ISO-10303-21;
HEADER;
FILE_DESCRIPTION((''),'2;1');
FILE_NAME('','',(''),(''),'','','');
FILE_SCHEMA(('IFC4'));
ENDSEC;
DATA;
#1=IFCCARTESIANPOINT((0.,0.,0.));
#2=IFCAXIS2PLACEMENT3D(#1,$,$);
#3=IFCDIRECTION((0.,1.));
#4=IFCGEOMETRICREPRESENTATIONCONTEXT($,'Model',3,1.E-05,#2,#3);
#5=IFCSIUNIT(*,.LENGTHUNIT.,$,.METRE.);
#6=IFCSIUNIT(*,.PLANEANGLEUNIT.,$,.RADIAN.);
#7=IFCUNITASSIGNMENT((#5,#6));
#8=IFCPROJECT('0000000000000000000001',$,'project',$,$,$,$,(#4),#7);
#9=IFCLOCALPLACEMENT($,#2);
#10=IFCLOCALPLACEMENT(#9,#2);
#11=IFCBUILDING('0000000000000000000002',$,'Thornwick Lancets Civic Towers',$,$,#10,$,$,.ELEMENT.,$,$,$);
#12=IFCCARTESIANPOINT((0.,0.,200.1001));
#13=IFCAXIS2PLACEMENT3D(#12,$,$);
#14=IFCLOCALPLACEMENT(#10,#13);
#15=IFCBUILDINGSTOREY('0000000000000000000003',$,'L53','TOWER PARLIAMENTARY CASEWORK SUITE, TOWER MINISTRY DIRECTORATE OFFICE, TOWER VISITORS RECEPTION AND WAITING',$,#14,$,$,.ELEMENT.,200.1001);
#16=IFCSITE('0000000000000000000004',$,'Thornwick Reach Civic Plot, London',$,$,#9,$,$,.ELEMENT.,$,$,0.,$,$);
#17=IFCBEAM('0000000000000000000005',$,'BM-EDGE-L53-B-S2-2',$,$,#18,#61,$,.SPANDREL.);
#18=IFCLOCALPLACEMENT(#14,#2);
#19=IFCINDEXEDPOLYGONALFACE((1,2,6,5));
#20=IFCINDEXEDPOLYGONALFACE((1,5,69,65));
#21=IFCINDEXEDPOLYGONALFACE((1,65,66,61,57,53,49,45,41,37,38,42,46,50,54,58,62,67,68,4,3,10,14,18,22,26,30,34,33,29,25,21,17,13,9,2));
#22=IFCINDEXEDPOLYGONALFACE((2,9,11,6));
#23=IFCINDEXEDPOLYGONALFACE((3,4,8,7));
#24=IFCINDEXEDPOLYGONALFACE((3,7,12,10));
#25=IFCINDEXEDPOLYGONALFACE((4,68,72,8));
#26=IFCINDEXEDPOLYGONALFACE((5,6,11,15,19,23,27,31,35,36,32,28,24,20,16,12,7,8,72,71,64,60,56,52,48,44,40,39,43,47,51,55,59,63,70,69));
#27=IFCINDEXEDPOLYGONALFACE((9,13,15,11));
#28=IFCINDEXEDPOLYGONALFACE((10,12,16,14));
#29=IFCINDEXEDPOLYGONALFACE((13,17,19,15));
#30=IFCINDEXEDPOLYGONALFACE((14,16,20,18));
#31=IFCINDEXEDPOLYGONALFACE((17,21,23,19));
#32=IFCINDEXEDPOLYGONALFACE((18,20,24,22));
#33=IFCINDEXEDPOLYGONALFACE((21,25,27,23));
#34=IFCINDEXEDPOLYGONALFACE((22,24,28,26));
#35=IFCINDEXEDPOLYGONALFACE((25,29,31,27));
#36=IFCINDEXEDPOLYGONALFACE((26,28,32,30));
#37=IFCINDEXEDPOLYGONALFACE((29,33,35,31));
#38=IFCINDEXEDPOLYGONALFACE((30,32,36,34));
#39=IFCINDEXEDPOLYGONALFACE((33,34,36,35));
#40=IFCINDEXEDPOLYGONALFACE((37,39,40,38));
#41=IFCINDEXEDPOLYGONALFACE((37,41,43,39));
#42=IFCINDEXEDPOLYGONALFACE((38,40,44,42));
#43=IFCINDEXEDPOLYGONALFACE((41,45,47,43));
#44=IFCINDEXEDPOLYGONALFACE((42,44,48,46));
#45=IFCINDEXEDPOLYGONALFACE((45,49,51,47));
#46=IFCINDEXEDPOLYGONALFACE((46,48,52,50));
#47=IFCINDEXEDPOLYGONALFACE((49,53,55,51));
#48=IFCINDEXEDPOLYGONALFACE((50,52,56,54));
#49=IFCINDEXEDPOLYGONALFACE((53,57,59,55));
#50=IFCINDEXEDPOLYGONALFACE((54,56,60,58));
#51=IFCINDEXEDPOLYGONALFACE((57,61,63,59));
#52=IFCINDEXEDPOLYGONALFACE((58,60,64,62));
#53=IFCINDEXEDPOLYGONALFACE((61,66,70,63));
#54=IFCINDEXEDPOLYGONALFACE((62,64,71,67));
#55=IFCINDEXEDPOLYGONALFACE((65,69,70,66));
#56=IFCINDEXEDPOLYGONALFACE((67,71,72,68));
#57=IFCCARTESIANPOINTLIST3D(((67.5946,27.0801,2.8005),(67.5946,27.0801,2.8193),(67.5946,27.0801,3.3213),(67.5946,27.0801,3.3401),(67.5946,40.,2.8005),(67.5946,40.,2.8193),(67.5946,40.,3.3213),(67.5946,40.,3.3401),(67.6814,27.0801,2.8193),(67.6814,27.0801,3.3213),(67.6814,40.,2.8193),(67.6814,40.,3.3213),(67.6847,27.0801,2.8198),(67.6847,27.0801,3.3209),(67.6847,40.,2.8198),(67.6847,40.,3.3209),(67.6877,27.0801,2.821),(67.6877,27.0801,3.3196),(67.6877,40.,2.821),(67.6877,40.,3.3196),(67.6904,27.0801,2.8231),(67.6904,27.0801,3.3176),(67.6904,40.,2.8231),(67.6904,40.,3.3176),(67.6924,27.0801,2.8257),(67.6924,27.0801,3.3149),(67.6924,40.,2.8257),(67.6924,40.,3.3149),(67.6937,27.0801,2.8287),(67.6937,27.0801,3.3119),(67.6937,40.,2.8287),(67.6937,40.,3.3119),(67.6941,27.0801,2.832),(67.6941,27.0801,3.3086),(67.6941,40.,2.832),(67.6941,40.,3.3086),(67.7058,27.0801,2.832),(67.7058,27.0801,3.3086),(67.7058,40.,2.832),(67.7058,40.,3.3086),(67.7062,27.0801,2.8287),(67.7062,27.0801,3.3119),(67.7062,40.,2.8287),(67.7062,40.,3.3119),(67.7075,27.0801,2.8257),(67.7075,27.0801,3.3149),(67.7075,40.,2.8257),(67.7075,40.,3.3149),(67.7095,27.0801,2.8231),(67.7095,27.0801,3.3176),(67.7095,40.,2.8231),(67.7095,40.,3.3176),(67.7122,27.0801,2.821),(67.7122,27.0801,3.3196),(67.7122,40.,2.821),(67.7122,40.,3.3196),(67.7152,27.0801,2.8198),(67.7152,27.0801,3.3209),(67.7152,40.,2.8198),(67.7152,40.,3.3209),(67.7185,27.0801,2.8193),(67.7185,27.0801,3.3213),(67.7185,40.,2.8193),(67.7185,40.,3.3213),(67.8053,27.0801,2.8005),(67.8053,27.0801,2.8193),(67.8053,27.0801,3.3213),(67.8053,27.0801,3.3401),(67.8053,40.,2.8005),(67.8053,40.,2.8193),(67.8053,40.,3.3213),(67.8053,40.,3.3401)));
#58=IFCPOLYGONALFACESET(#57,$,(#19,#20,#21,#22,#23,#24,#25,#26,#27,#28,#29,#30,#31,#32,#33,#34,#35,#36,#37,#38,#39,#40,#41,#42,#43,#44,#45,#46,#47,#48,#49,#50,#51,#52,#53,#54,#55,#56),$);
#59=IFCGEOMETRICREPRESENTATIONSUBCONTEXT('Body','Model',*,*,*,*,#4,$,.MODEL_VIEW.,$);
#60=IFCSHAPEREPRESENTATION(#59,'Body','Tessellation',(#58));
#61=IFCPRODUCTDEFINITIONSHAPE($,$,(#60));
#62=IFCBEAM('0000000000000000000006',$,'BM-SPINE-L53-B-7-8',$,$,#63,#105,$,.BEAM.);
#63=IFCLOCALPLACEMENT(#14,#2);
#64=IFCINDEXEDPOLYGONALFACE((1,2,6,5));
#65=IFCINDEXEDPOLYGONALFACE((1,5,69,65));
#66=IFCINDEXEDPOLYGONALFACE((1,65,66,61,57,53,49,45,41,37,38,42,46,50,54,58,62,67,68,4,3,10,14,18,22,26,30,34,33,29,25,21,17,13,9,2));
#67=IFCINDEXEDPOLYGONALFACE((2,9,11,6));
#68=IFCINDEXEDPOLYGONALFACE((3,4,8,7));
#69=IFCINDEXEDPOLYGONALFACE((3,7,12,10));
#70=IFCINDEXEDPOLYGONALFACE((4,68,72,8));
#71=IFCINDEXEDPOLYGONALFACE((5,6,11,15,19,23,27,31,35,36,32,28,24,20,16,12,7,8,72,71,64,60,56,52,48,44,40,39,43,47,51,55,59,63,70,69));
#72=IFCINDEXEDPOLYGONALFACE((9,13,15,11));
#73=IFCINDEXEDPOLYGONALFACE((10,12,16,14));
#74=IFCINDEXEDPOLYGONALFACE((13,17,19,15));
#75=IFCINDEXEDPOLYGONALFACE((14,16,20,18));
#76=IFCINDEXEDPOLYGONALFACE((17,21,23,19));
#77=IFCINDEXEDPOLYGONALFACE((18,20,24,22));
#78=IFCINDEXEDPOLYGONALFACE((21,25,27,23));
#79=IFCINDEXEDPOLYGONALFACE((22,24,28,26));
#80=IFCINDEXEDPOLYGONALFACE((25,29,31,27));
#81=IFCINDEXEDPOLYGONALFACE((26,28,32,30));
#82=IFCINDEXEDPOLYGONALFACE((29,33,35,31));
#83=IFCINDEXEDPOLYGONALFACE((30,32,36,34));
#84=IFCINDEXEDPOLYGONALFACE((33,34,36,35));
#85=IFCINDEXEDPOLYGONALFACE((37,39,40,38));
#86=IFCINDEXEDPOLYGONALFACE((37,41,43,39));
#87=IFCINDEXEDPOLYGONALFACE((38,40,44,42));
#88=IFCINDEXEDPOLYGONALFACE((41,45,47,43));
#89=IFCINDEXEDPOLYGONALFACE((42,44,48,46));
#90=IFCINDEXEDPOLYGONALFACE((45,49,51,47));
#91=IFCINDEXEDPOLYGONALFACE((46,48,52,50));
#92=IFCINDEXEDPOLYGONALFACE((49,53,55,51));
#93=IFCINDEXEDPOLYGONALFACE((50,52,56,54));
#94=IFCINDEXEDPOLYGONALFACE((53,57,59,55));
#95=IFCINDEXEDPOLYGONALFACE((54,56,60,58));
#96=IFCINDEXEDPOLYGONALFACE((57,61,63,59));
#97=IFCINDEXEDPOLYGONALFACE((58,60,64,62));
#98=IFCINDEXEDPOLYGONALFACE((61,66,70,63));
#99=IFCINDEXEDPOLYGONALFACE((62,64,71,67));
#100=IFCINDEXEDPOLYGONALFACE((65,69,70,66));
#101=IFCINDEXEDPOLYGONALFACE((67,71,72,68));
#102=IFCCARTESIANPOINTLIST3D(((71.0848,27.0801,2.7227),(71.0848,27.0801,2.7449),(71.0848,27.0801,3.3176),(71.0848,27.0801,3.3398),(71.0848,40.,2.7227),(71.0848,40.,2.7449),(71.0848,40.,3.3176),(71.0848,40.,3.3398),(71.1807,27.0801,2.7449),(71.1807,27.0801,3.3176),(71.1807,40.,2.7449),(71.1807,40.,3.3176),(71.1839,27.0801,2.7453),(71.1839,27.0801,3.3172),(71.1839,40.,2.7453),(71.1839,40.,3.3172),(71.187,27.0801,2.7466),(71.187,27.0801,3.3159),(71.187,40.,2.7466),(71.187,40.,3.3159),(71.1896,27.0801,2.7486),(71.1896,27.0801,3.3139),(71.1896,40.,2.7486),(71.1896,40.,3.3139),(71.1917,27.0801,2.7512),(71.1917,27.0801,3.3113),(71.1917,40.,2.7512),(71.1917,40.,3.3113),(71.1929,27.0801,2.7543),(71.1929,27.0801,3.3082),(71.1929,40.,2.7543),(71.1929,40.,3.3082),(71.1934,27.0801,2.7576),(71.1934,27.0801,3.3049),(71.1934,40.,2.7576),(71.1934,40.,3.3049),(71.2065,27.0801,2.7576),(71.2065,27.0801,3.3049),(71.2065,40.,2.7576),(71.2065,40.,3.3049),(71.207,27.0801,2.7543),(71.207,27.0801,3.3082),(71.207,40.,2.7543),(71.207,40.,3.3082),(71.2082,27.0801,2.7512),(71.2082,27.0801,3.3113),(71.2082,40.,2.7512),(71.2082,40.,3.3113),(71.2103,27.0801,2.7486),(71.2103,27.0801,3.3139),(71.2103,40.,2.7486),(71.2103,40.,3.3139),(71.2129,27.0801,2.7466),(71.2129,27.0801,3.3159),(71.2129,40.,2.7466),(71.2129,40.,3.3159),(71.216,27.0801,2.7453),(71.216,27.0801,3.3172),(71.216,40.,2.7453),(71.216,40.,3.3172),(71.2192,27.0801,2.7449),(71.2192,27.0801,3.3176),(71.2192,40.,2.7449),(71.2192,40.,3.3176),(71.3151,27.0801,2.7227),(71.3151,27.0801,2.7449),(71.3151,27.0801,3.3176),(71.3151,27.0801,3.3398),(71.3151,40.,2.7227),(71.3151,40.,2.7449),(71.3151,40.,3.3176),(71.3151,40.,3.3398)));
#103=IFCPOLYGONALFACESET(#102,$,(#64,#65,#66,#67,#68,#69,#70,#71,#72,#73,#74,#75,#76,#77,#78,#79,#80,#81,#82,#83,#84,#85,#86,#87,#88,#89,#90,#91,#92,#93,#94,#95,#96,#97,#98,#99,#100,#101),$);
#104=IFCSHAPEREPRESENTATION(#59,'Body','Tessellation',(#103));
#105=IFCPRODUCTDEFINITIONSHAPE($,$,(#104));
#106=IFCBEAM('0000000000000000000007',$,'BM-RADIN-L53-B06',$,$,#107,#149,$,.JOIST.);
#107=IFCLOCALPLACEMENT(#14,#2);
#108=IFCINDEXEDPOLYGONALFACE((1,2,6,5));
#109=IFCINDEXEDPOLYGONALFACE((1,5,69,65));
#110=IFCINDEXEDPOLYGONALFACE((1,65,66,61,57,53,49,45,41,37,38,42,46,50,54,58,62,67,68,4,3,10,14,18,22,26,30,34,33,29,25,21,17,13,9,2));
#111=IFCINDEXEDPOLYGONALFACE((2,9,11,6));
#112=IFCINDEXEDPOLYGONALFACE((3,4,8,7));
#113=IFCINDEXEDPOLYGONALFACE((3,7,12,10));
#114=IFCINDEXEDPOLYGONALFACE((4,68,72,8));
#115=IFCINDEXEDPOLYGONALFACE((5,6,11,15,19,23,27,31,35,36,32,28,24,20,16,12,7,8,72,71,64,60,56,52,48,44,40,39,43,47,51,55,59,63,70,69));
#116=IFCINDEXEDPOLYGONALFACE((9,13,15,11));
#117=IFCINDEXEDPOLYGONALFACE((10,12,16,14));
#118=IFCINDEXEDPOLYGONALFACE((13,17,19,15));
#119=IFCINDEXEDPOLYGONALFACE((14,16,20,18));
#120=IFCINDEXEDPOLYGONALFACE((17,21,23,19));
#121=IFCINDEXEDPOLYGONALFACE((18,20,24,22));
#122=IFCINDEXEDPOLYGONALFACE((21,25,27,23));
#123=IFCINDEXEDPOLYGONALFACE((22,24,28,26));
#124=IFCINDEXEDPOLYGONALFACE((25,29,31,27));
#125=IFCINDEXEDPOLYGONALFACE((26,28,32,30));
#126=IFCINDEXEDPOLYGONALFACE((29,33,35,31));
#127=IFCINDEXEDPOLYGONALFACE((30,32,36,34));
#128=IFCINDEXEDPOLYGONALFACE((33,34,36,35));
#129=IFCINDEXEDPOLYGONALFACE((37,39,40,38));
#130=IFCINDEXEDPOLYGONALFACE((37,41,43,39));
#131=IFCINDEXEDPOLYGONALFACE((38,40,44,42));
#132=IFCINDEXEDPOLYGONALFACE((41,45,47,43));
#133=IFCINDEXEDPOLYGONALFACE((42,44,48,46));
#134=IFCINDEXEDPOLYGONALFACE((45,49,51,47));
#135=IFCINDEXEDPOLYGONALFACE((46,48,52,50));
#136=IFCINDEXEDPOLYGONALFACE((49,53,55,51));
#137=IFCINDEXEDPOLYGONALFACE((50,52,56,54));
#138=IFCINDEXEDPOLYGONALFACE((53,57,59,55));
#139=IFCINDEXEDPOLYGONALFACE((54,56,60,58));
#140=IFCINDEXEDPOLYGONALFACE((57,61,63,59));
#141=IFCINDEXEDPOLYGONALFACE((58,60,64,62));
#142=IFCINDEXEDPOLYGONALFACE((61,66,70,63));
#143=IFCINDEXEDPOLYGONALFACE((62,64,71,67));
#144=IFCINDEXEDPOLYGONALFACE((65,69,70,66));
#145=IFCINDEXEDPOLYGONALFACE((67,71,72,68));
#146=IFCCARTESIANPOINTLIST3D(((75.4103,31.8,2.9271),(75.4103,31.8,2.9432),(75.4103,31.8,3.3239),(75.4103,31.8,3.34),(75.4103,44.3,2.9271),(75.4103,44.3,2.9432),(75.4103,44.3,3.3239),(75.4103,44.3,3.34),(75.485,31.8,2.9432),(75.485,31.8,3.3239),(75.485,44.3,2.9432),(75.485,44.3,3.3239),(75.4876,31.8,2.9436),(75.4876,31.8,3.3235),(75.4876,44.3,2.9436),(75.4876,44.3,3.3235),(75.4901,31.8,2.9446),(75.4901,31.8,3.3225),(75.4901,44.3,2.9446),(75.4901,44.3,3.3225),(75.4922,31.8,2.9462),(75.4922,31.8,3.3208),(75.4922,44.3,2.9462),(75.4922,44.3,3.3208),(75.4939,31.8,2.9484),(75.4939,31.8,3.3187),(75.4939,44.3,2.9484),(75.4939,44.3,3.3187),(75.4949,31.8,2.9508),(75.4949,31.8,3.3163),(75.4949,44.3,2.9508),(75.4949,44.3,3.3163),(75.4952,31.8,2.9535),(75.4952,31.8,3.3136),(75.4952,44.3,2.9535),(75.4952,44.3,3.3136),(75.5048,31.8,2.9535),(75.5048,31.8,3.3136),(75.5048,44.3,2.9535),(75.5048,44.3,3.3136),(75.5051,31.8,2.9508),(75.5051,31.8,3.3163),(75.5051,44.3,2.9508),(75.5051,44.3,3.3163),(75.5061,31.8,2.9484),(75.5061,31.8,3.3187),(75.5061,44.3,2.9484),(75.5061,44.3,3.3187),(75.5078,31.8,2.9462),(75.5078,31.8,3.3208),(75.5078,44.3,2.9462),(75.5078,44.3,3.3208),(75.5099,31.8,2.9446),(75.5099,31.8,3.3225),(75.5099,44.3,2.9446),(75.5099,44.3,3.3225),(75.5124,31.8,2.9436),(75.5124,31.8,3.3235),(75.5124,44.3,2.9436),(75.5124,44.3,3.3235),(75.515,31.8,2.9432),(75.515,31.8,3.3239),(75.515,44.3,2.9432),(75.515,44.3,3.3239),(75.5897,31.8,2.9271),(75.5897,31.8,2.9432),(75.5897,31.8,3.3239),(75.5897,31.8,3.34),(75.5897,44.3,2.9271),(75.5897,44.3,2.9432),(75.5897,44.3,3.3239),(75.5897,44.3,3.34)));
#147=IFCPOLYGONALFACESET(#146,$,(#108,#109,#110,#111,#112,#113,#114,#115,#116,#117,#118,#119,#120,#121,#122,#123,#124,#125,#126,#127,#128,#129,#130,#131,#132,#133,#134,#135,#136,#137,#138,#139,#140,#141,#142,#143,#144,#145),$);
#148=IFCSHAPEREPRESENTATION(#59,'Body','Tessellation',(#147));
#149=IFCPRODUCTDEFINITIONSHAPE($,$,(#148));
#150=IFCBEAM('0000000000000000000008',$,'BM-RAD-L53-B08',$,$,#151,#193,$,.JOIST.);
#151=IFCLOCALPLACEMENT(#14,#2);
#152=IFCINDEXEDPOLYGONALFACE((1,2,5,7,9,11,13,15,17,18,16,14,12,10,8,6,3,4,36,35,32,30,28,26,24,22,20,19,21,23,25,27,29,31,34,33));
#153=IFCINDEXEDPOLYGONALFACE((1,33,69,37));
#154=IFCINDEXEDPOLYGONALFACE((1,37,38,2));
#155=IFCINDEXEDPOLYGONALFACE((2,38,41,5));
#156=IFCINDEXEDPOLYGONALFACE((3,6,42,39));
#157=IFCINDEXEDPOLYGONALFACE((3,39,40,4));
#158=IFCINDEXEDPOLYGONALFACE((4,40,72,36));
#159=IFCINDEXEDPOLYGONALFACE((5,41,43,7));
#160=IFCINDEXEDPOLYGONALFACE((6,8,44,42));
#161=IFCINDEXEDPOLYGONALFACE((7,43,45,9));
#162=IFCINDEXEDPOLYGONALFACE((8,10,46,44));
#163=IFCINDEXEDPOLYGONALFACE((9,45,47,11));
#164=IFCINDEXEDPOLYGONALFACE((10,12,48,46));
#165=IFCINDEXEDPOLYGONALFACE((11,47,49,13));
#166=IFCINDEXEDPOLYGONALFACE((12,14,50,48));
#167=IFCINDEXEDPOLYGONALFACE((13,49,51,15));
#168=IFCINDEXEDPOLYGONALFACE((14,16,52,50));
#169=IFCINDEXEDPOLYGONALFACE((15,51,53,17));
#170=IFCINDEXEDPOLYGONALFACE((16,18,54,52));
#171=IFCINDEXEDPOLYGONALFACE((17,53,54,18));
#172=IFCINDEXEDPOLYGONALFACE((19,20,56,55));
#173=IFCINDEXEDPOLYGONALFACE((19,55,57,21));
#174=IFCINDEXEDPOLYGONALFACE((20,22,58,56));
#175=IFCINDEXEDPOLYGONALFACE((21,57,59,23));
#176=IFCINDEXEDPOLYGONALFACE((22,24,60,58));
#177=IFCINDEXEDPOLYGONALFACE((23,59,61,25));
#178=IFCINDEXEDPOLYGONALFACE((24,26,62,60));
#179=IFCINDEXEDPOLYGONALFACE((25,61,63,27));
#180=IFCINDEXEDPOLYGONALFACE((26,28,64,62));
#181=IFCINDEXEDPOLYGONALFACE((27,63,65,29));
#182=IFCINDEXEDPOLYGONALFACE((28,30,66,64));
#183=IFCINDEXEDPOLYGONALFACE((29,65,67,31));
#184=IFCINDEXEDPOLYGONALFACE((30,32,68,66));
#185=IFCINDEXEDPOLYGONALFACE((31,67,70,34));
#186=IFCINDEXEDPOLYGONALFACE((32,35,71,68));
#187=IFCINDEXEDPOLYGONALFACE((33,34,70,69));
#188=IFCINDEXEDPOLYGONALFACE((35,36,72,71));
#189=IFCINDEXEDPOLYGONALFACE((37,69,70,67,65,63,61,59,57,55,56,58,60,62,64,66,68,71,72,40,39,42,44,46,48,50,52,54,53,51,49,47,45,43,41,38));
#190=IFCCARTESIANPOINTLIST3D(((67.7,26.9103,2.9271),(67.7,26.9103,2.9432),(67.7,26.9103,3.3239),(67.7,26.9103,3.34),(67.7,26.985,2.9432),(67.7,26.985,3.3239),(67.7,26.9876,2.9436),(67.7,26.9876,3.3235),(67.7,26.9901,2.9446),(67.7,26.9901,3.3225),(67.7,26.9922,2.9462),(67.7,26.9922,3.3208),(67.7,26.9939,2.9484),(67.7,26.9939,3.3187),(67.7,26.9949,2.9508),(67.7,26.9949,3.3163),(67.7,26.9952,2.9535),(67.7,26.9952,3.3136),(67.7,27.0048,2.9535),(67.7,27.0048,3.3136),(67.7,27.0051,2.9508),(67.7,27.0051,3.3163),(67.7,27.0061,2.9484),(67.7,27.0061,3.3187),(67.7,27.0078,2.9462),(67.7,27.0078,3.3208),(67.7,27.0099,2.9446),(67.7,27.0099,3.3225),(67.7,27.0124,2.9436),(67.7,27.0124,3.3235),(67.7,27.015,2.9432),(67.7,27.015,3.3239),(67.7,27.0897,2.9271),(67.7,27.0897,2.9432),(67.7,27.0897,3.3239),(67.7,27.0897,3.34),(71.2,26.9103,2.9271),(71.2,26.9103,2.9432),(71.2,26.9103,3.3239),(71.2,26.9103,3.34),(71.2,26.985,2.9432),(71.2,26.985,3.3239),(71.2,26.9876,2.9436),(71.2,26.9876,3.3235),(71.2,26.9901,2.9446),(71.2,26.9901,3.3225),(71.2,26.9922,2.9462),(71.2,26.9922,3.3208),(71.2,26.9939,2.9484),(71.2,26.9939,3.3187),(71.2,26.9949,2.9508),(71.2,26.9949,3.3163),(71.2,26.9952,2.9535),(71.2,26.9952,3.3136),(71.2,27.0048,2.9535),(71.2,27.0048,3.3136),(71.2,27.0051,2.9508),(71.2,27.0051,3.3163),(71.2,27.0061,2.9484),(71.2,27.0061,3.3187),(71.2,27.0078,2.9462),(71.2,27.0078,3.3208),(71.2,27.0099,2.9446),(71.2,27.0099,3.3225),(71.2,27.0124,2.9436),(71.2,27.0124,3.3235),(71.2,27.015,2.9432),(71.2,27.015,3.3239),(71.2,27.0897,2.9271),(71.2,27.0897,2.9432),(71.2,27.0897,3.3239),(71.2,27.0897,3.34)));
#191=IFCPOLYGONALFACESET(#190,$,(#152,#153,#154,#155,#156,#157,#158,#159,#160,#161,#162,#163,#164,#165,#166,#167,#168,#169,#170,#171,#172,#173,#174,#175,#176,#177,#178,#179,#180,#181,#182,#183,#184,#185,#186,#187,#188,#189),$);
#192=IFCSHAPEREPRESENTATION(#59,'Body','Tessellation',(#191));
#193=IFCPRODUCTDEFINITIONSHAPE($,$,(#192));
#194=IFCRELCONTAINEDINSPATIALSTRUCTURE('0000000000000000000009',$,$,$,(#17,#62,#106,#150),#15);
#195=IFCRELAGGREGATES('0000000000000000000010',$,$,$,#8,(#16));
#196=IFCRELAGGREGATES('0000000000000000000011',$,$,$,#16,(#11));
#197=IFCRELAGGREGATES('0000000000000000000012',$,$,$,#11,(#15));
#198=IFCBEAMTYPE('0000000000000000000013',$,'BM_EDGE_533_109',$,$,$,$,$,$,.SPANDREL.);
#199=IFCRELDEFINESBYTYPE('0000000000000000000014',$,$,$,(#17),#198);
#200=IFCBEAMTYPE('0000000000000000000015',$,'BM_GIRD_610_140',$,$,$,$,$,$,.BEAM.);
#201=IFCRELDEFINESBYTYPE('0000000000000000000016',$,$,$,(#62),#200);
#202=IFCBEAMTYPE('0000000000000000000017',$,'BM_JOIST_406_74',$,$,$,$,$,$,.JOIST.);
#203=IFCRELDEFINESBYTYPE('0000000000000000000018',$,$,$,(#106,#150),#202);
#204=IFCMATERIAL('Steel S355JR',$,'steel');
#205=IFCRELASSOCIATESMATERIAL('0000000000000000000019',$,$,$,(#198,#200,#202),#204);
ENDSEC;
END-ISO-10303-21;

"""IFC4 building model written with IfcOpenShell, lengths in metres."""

from ifc_helpers import new_model, si_unit, direction, frame, origin, origin_2d, place, context, subcontext, project, spatial, i_section, extrude, material, material_profile, profile_set, type_object, element, save


model = new_model("IFC4")

# Units and contexts
model_context = context("Model", 3, precision=1e-05, world=origin(), true_north=direction((0.0, 1.0)))
body_context = subcontext(model_context, "Body", "Model", "MODEL_VIEW")
ifc_project = project(units=[si_unit("LENGTHUNIT", "METRE"), si_unit("PLANEANGLEUNIT", "RADIAN")], contexts=[model_context])

# Site, building, storey
site_placement = place(None, origin())
site = spatial("IfcSite", under=ifc_project, at=site_placement, Name="Thornwick Reach Civic Plot, London", CompositionType="ELEMENT", RefElevation=0.0)
building_placement = place(site_placement, origin())
building = spatial("IfcBuilding", under=site, at=building_placement, Name="Thornwick Lancets Civic Towers", CompositionType="ELEMENT")
storey_placement = place(building_placement, frame((0.0, 0.0, 200.1001)))
storey = spatial("IfcBuildingStorey", under=building, at=storey_placement, Name="L53", Description="TOWER PARLIAMENTARY CASEWORK SUITE, TOWER MINISTRY DIRECTORATE OFFICE, TOWER VISITORS RECEPTION AND WAITING", CompositionType="ELEMENT", Elevation=200.1001)

# Shared definitions
ifc_material_1 = material(Name="Steel S355JR", Category="steel")

# Beams
ifc_material_profile_1 = material_profile(ifc_material_1, i_section(OverallWidth=0.2107, OverallDepth=0.5396, WebThickness=0.0117, FlangeThickness=0.0188, FilletRadius=0.0127, at=origin_2d()), Name="UKB 533x210x109")
ifc_profile_set_1 = profile_set([ifc_material_profile_1], Name="Steel S355JR")
beam_type_1 = type_object("IfcBeamType", Name="BM_EDGE_533_109", PredefinedType="SPANDREL", material=ifc_profile_set_1)
beam_1_placement = place(storey_placement, frame((67.7, 27.0801, 3.0703), z_axis=(0.0, 1.0, 0.0), x_axis=(-1.0, 0.0, 0.0)))
element("IfcBeam", 1, at=beam_1_placement, inside=storey, type_object=beam_type_1, Name="BM-EDGE-L53-B-S2-2", PredefinedType="SPANDREL", context=body_context, shape_type="SweptSolid", body=[
    extrude(i_section(OverallWidth=0.2107, OverallDepth=0.5396, WebThickness=0.0117, FlangeThickness=0.0188, FilletRadius=0.0127, at=origin_2d()), origin(), (0.0, 0.0, 1.0), 12.9199),
])
ifc_material_profile_2 = material_profile(ifc_material_1, i_section(OverallWidth=0.2302, OverallDepth=0.6172, WebThickness=0.0132, FlangeThickness=0.0222, FilletRadius=0.0127, at=origin_2d()), Name="UKB 610x229x140")
ifc_profile_set_2 = profile_set([ifc_material_profile_2], Name="Steel S355JR")
beam_type_2 = type_object("IfcBeamType", Name="BM_GIRD_610_140", PredefinedType="BEAM", material=ifc_profile_set_2)
beam_2_placement = place(storey_placement, frame((71.2, 27.0801, 3.0312), z_axis=(0.0, 1.0, 0.0), x_axis=(-1.0, 0.0, 0.0)))
element("IfcBeam", 2, at=beam_2_placement, inside=storey, type_object=beam_type_2, Name="BM-SPINE-L53-B-7-8", PredefinedType="BEAM", context=body_context, shape_type="SweptSolid", body=[
    extrude(i_section(OverallWidth=0.2302, OverallDepth=0.6172, WebThickness=0.0132, FlangeThickness=0.0222, FilletRadius=0.0127, at=origin_2d()), origin(), (0.0, 0.0, 1.0), 12.9199),
])
ifc_material_profile_3 = material_profile(ifc_material_1, i_section(OverallWidth=0.1794, OverallDepth=0.4128, WebThickness=0.0095, FlangeThickness=0.0161, FilletRadius=0.0103, at=origin_2d()), Name="UKB 406x178x74")
ifc_profile_set_3 = profile_set([ifc_material_profile_3], Name="Steel S355JR")
beam_type_3 = type_object("IfcBeamType", Name="BM_JOIST_406_74", PredefinedType="JOIST", material=ifc_profile_set_3)
beam_3_placement = place(storey_placement, frame((75.5, 31.8, 3.1335), z_axis=(0.0, 1.0, 0.0), x_axis=(-1.0, 0.0, 0.0)))
element("IfcBeam", 3, at=beam_3_placement, inside=storey, type_object=beam_type_3, Name="BM-RADIN-L53-B06", PredefinedType="JOIST", context=body_context, shape_type="SweptSolid", body=[
    extrude(i_section(OverallWidth=0.1794, OverallDepth=0.4128, WebThickness=0.0095, FlangeThickness=0.0161, FilletRadius=0.0103, at=origin_2d()), origin(), (0.0, 0.0, 1.0), 12.5),
])
for number, where, z_axis, x_axis, name in (
    (4, (71.2, 27.0, 3.1335), (-1.0, 0.0, 0.0), (0.0, -1.0, 0.0), "BM-RAD-L53-B08"),
):
    element("IfcBeam", number, at=place(storey_placement, frame(where, z_axis=z_axis, x_axis=x_axis)), inside=storey, type_object=beam_type_3, Name=name, PredefinedType="JOIST", context=body_context, shape_type="SweptSolid", body=[
        extrude(i_section(OverallWidth=0.1794, OverallDepth=0.4128, WebThickness=0.0095, FlangeThickness=0.0161, FilletRadius=0.0103, at=origin_2d()), origin(), (0.0, 0.0, 1.0), 3.5),
    ])

save(model, "model.ifc")
